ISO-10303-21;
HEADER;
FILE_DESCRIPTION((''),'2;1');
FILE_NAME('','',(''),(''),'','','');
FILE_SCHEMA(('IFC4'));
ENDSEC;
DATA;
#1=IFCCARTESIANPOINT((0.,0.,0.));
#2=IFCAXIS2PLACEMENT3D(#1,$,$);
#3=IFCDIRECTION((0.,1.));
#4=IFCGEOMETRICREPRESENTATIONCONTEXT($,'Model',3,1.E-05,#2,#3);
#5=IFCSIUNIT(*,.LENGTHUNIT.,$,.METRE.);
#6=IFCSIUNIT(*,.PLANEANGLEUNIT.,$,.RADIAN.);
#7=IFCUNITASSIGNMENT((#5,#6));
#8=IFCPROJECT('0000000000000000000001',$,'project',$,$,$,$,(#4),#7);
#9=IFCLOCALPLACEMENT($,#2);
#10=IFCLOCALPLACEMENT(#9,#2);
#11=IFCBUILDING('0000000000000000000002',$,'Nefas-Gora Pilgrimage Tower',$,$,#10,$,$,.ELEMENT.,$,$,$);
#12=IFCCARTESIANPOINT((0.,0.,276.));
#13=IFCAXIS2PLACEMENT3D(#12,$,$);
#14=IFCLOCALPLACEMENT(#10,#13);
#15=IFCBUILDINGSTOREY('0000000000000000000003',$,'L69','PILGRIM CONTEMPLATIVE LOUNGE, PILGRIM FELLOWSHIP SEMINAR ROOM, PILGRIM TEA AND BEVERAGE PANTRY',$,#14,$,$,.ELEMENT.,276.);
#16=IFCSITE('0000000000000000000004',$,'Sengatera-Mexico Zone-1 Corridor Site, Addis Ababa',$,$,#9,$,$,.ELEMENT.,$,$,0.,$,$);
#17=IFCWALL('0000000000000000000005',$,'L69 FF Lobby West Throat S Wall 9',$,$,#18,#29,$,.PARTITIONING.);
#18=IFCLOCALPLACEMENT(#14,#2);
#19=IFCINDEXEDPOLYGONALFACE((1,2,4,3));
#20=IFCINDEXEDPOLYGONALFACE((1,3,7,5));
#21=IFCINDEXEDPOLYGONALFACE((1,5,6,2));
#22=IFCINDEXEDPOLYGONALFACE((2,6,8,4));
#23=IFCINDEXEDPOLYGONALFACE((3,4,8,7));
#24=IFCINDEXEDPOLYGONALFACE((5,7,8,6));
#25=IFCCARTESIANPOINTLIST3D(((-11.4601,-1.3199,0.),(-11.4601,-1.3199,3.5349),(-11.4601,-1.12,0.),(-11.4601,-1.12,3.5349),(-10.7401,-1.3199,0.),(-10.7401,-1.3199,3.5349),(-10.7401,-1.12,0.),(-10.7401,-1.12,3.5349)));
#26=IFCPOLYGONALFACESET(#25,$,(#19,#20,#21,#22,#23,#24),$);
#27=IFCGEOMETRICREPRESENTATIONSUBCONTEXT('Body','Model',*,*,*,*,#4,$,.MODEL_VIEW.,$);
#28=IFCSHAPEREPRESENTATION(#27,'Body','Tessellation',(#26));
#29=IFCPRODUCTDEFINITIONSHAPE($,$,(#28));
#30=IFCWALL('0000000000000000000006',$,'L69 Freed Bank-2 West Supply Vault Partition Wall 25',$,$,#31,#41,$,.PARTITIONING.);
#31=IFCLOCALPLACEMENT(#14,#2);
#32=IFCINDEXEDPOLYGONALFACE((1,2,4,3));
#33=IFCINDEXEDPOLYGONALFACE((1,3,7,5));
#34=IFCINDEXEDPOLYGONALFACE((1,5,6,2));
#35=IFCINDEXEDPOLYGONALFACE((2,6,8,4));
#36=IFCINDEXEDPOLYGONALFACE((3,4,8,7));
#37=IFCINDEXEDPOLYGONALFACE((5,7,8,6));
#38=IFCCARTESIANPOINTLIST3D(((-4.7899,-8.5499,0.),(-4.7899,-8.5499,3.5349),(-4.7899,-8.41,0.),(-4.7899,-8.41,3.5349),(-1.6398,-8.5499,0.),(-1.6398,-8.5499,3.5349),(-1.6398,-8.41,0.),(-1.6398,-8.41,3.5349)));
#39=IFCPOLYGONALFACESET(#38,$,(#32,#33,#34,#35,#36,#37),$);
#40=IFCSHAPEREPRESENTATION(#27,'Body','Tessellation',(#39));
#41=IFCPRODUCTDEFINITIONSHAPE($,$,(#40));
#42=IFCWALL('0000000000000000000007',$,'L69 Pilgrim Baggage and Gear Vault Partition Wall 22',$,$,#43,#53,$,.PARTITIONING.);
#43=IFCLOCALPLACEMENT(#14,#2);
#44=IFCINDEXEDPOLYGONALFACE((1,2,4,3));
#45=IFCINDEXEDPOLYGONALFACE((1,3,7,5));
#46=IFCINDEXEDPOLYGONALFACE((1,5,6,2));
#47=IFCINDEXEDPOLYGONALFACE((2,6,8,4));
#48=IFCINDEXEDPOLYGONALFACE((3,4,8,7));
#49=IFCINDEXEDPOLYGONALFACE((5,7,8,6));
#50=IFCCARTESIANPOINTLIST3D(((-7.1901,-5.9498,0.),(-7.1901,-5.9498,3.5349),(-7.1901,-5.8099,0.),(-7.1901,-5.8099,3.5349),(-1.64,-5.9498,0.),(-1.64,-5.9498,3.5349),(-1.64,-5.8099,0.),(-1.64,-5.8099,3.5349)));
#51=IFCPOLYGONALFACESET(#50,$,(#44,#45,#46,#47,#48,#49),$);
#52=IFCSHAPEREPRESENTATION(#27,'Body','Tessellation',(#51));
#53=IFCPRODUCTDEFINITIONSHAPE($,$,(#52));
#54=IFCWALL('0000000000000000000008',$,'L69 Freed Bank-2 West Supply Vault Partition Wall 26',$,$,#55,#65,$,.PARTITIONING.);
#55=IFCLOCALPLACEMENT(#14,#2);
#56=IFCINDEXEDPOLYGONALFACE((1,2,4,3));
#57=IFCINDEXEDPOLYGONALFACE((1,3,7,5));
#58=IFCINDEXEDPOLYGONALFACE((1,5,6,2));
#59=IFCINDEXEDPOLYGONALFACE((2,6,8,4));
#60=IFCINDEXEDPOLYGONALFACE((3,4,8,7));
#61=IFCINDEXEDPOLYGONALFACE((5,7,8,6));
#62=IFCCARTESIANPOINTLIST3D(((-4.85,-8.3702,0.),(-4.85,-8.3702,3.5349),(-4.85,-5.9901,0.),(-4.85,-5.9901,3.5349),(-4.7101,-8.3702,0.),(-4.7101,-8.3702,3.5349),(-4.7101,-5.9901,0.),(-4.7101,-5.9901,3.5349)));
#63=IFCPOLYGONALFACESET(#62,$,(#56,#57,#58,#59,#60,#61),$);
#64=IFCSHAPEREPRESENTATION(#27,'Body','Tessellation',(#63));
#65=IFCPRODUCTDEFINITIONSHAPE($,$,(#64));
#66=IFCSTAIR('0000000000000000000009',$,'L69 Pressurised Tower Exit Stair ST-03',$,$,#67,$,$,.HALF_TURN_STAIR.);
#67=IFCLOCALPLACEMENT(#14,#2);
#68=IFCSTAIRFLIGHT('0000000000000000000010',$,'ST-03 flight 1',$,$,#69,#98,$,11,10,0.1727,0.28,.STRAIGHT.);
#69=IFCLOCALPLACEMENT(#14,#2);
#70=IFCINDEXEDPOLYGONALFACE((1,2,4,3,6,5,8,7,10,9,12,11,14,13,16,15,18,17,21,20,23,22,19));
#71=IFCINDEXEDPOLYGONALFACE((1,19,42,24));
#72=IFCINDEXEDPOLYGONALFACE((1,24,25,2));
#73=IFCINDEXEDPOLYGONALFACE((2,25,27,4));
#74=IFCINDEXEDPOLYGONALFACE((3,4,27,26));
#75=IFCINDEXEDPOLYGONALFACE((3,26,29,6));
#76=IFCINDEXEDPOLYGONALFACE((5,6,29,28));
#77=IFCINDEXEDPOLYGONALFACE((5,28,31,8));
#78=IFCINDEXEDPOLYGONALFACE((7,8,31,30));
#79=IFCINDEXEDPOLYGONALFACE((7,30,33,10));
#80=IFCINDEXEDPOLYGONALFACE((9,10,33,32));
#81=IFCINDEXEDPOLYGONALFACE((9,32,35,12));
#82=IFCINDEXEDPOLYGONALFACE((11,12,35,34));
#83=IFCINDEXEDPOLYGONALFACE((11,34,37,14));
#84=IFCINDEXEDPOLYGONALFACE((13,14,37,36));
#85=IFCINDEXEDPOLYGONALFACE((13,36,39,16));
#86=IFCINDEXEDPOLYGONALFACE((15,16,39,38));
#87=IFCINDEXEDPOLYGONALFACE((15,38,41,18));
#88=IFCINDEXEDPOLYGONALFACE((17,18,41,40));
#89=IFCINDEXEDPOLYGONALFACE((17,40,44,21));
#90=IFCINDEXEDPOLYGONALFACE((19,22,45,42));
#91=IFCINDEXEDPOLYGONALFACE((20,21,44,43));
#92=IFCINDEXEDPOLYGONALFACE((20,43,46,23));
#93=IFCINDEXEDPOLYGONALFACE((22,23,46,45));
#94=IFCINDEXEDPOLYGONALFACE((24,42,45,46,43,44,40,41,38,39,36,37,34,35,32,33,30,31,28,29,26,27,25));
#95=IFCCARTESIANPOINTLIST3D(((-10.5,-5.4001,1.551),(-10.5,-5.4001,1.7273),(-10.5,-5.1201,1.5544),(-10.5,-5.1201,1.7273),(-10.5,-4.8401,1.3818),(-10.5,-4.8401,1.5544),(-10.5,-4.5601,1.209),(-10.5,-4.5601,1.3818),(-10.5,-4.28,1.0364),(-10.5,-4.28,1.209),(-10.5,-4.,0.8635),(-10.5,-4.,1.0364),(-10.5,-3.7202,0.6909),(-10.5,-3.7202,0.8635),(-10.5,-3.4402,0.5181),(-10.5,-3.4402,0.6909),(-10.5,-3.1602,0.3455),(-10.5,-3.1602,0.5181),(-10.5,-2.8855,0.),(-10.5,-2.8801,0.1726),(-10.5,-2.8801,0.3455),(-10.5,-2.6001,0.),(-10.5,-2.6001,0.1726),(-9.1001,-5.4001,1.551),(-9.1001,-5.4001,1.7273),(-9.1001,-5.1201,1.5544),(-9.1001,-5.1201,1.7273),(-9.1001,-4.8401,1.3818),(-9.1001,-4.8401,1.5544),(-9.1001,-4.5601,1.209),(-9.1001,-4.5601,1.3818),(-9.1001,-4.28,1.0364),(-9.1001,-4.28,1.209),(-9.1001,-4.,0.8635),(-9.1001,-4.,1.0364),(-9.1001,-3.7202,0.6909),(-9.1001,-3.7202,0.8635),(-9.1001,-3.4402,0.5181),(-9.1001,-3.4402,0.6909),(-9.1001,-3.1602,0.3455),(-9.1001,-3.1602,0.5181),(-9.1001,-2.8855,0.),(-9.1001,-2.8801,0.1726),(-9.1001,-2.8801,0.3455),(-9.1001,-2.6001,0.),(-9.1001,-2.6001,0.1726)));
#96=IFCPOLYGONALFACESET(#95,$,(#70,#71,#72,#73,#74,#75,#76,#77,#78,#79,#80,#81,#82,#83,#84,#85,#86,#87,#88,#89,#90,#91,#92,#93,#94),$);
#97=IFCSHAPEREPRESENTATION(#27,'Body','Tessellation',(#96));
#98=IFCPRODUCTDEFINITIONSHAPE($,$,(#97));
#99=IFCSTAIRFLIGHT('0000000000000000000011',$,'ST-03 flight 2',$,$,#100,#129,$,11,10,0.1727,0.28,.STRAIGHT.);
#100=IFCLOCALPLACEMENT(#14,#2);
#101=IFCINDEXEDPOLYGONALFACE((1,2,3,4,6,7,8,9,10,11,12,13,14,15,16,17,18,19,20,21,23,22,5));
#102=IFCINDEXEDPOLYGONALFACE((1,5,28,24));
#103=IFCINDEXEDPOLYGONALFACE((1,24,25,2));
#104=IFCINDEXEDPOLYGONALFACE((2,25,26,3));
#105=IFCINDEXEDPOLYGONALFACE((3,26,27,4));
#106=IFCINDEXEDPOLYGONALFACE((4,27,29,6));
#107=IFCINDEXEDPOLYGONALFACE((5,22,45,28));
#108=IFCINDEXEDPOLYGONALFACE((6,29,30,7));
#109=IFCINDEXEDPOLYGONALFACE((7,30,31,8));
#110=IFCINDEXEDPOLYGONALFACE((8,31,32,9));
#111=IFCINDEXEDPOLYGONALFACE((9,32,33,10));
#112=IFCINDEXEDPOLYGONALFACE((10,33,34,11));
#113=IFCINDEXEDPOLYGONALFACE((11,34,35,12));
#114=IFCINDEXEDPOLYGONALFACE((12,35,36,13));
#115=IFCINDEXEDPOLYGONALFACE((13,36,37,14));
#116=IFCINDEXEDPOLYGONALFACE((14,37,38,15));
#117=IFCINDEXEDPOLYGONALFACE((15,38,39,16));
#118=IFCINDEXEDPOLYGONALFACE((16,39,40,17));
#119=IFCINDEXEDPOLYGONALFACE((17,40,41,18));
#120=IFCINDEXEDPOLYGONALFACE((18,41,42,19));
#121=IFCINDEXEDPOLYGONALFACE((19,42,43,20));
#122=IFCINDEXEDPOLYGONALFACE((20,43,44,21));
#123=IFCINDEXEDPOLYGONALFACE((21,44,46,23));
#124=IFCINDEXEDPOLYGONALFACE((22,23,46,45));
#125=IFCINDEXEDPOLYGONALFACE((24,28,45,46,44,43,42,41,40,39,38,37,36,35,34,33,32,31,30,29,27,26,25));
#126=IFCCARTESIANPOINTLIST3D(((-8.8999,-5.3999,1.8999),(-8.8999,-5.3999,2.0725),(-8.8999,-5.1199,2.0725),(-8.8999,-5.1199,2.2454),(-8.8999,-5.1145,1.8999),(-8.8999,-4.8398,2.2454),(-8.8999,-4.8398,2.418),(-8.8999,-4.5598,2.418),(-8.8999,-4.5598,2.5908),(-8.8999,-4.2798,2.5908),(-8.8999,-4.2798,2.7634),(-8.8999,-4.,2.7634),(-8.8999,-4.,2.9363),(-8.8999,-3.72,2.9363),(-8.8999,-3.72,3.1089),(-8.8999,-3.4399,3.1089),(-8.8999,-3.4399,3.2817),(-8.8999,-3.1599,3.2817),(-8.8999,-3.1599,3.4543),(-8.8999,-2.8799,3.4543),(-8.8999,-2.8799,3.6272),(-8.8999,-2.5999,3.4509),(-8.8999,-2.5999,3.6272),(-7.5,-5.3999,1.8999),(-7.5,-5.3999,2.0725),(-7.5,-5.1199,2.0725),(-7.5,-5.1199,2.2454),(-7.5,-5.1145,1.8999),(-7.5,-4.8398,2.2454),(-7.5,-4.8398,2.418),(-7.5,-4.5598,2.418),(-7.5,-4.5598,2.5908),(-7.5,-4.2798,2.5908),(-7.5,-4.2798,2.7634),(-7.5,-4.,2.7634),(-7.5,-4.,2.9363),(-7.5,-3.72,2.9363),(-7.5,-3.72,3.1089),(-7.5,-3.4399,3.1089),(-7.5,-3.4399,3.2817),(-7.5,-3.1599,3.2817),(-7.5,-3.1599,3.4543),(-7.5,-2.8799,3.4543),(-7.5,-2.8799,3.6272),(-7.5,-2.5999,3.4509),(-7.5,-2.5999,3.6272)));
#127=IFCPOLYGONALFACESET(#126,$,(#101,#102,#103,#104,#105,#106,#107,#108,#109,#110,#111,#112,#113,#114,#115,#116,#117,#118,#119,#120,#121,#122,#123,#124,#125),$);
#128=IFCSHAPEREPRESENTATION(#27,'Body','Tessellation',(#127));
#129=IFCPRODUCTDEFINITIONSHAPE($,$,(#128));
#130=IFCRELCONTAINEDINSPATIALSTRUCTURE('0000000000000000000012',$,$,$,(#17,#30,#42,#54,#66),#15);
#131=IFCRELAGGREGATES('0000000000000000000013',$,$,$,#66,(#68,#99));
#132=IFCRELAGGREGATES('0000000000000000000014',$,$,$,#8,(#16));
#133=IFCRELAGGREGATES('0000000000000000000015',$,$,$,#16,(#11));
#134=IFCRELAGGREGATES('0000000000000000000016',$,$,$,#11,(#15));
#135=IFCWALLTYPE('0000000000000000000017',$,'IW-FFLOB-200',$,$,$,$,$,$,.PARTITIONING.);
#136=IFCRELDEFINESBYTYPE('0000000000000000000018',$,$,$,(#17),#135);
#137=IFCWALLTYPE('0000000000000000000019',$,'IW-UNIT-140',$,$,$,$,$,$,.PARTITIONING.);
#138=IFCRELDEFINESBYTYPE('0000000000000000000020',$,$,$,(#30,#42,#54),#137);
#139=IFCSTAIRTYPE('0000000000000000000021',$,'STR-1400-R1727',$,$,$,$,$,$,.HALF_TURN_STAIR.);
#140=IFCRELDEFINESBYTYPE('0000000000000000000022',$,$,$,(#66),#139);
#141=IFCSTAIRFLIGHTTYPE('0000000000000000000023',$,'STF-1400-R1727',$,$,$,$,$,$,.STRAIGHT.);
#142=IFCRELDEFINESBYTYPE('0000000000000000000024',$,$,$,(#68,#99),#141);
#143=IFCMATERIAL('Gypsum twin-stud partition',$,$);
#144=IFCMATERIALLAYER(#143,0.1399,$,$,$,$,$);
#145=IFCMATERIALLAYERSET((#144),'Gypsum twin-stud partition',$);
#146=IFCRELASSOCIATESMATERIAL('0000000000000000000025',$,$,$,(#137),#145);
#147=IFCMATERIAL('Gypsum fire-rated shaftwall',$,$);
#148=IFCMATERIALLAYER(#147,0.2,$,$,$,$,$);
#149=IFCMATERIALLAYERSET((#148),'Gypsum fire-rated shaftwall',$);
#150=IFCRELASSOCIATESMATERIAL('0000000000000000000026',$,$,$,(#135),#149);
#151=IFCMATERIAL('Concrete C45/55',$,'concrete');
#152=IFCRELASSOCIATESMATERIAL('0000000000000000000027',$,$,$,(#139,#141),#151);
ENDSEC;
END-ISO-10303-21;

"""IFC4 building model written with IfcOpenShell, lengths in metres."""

from ifc_helpers import new_model, si_unit, direction, frame, frame_2d, origin, place, context, subcontext, project, spatial, polyline, rectangle, outline, extrude, source, transform, mapped, material, layer, layer_set, type_object, element, aggregate, save


model = new_model("IFC4")

# Units and contexts
model_context = context("Model", 3, precision=1e-05, world=origin(), true_north=direction((0.0, 1.0)))
body_context = subcontext(model_context, "Body", "Model", "MODEL_VIEW")
ifc_project = project(units=[si_unit("LENGTHUNIT", "METRE"), si_unit("PLANEANGLEUNIT", "RADIAN")], contexts=[model_context])

# Site, building, storey
site_placement = place(None, origin())
site = spatial("IfcSite", under=ifc_project, at=site_placement, Name="Sengatera-Mexico Zone-1 Corridor Site, Addis Ababa", CompositionType="ELEMENT", RefElevation=0.0)
building_placement = place(site_placement, origin())
building = spatial("IfcBuilding", under=site, at=building_placement, Name="Nefas-Gora Pilgrimage Tower", CompositionType="ELEMENT")
storey_placement = place(building_placement, frame((0.0, 0.0, 276.0)))
storey = spatial("IfcBuildingStorey", under=building, at=storey_placement, Name="L69", Description="PILGRIM CONTEMPLATIVE LOUNGE, PILGRIM FELLOWSHIP SEMINAR ROOM, PILGRIM TEA AND BEVERAGE PANTRY", CompositionType="ELEMENT", Elevation=276.0)

# Shared definitions
ifc_material_1 = material(Name="Concrete C45/55", Category="concrete")

# Walls
ifc_material_2 = material(Name="Gypsum twin-stud partition")
ifc_layer_1 = layer(ifc_material_2, 0.1399)
ifc_layer_set_1 = layer_set([ifc_layer_1], Name="Gypsum twin-stud partition")
wall_type_1 = type_object("IfcWallType", Name="IW-UNIT-140", PredefinedType="PARTITIONING", material=ifc_layer_set_1)
ifc_material_3 = material(Name="Gypsum fire-rated shaftwall")
ifc_layer_2 = layer(ifc_material_3, 0.2)
ifc_layer_set_2 = layer_set([ifc_layer_2], Name="Gypsum fire-rated shaftwall")
wall_type_2 = type_object("IfcWallType", Name="IW-FFLOB-200", PredefinedType="PARTITIONING", material=ifc_layer_set_2)
shared_shape_1 = source(origin(), body_context, "Body", "SweptSolid", [
    extrude(rectangle(XDim=0.72, YDim=0.2, at=frame_2d((0.3599, 0.0))), origin(), (0.0, 0.0, 1.0), 3.5349),
])
wall_1_placement = place(storey_placement, frame((-11.46, -1.22, 0.0), z_axis=(0.0, 0.0, 1.0), x_axis=(1.0, 0.0, 0.0)))
element("IfcWall", 1, at=wall_1_placement, inside=storey, type_object=wall_type_2, Name="L69 FF Lobby West Throat S Wall 9", PredefinedType="PARTITIONING", context=body_context, shape_type="MappedRepresentation", body=[
    mapped(shared_shape_1, transform((0.0, 0.0, 0.0), x_axis=(1.0, 0.0, 0.0), y_axis=(0.0, 1.0, 0.0), z_axis=(0.0, 0.0, 1.0), scale=1.0)),
])
shared_shape_2 = source(origin(), body_context, "Body", "SweptSolid", [
    extrude(rectangle(XDim=3.1501, YDim=0.1399, at=frame_2d((1.5752, 0.0))), origin(), (0.0, 0.0, 1.0), 3.5349),
])
wall_2_placement = place(storey_placement, frame((-4.79, -8.48, 0.0), z_axis=(0.0, 0.0, 1.0), x_axis=(1.0, 0.0, 0.0)))
element("IfcWall", 2, at=wall_2_placement, inside=storey, type_object=wall_type_1, Name="L69 Freed Bank-2 West Supply Vault Partition Wall 25", PredefinedType="PARTITIONING", context=body_context, shape_type="MappedRepresentation", body=[
    mapped(shared_shape_2, transform((0.0, 0.0, 0.0), x_axis=(1.0, 0.0, 0.0), y_axis=(0.0, 1.0, 0.0), z_axis=(0.0, 0.0, 1.0), scale=1.0)),
])
shared_shape_3 = source(origin(), body_context, "Body", "SweptSolid", [
    extrude(rectangle(XDim=5.55, YDim=0.1399, at=frame_2d((2.7749, 0.0))), origin(), (0.0, 0.0, 1.0), 3.5349),
])
wall_3_placement = place(storey_placement, frame((-7.1899, -5.8799, 0.0), z_axis=(0.0, 0.0, 1.0), x_axis=(1.0, 0.0, 0.0)))
element("IfcWall", 3, at=wall_3_placement, inside=storey, type_object=wall_type_1, Name="L69 Pilgrim Baggage and Gear Vault Partition Wall 22", PredefinedType="PARTITIONING", context=body_context, shape_type="MappedRepresentation", body=[
    mapped(shared_shape_3, transform((0.0, 0.0, 0.0), x_axis=(1.0, 0.0, 0.0), y_axis=(0.0, 1.0, 0.0), z_axis=(0.0, 0.0, 1.0), scale=1.0)),
])
shared_shape_4 = source(origin(), body_context, "Body", "SweptSolid", [
    extrude(rectangle(XDim=2.3801, YDim=0.1399, at=frame_2d((1.1899, 0.0))), origin(), (0.0, 0.0, 1.0), 3.5349),
])
wall_4_placement = place(storey_placement, frame((-4.78, -8.3701, 0.0), z_axis=(0.0, 0.0, 1.0), x_axis=(0.0, 1.0, 0.0)))
element("IfcWall", 4, at=wall_4_placement, inside=storey, type_object=wall_type_1, Name="L69 Freed Bank-2 West Supply Vault Partition Wall 26", PredefinedType="PARTITIONING", context=body_context, shape_type="MappedRepresentation", body=[
    mapped(shared_shape_4, transform((0.0, 0.0, 0.0), x_axis=(1.0, 0.0, 0.0), y_axis=(0.0, 1.0, 0.0), z_axis=(0.0, 0.0, 1.0), scale=1.0)),
])

# Stair, stair flights
stair_type = type_object("IfcStairType", Name="STR-1400-R1727", PredefinedType="HALF_TURN_STAIR", material=ifc_material_1)
stair_placement = place(storey_placement, origin())
stair = element("IfcStair", 5, at=stair_placement, inside=storey, type_object=stair_type, Name="L69 Pressurised Tower Exit Stair ST-03", PredefinedType="HALF_TURN_STAIR")
stair_flight_type = type_object("IfcStairFlightType", Name="STF-1400-R1727", PredefinedType="STRAIGHT", material=ifc_material_1)
shared_shape_5 = source(origin(), body_context, "Body", "SweptSolid", [
    extrude(outline(polyline([(0.0, 0.0), (0.0, 0.1726), (0.28, 0.1726), (0.28, 0.3455), (0.5601, 0.3455), (0.5601, 0.5181), (0.8401, 0.5181), (0.8401, 0.6909), (1.1201, 0.6909), (1.1201, 0.8635), (1.3999, 0.8635), (1.3999, 1.0364), (1.6799, 1.0364), (1.6799, 1.209), (1.96, 1.209), (1.96, 1.3818), (2.24, 1.3818), (2.24, 1.5544), (2.52, 1.5544), (2.52, 1.7273), (2.8, 1.7273), (2.8, 1.8999), (2.8, 1.551), (0.2854, 0.0), (0.0, 0.0)])), frame((0.0, 0.7, 0.0), z_axis=(0.0, -1.0, 0.0), x_axis=(1.0, 0.0, 0.0)), (0.0, 0.0, 1.0), 1.3999),
])
stair_flight_1_placement = place(storey_placement, frame((-9.8, -2.6001, 0.0), z_axis=(0.0, 0.0, 1.0), x_axis=(0.0, -1.0, 0.0)))
stair_flight_1 = element("IfcStairFlight", 6, at=stair_flight_1_placement, type_object=stair_flight_type, Name="ST-03 flight 1", NumberOfRisers=11, NumberOfTreads=10, PredefinedType="STRAIGHT", RiserHeight=0.1727, TreadLength=0.28, context=body_context, shape_type="MappedRepresentation", body=[
    mapped(shared_shape_5, transform((0.0, 0.0, 0.0), x_axis=(1.0, 0.0, 0.0), y_axis=(0.0, 1.0, 0.0), z_axis=(0.0, 0.0, 1.0), scale=1.0)),
])
stair_flight_2_placement = place(storey_placement, frame((-8.2, -5.3999, 1.8999), z_axis=(0.0, 0.0, 1.0), x_axis=(0.0, 1.0, 0.0)))
stair_flight_2 = element("IfcStairFlight", 7, at=stair_flight_2_placement, type_object=stair_flight_type, Name="ST-03 flight 2", NumberOfRisers=11, NumberOfTreads=10, PredefinedType="STRAIGHT", RiserHeight=0.1727, TreadLength=0.28, context=body_context, shape_type="MappedRepresentation", body=[
    mapped(shared_shape_5, transform((0.0, 0.0, 0.0), x_axis=(1.0, 0.0, 0.0), y_axis=(0.0, 1.0, 0.0), z_axis=(0.0, 0.0, 1.0), scale=1.0)),
])
aggregate(stair, [stair_flight_1, stair_flight_2])

save(model, "model.ifc")
